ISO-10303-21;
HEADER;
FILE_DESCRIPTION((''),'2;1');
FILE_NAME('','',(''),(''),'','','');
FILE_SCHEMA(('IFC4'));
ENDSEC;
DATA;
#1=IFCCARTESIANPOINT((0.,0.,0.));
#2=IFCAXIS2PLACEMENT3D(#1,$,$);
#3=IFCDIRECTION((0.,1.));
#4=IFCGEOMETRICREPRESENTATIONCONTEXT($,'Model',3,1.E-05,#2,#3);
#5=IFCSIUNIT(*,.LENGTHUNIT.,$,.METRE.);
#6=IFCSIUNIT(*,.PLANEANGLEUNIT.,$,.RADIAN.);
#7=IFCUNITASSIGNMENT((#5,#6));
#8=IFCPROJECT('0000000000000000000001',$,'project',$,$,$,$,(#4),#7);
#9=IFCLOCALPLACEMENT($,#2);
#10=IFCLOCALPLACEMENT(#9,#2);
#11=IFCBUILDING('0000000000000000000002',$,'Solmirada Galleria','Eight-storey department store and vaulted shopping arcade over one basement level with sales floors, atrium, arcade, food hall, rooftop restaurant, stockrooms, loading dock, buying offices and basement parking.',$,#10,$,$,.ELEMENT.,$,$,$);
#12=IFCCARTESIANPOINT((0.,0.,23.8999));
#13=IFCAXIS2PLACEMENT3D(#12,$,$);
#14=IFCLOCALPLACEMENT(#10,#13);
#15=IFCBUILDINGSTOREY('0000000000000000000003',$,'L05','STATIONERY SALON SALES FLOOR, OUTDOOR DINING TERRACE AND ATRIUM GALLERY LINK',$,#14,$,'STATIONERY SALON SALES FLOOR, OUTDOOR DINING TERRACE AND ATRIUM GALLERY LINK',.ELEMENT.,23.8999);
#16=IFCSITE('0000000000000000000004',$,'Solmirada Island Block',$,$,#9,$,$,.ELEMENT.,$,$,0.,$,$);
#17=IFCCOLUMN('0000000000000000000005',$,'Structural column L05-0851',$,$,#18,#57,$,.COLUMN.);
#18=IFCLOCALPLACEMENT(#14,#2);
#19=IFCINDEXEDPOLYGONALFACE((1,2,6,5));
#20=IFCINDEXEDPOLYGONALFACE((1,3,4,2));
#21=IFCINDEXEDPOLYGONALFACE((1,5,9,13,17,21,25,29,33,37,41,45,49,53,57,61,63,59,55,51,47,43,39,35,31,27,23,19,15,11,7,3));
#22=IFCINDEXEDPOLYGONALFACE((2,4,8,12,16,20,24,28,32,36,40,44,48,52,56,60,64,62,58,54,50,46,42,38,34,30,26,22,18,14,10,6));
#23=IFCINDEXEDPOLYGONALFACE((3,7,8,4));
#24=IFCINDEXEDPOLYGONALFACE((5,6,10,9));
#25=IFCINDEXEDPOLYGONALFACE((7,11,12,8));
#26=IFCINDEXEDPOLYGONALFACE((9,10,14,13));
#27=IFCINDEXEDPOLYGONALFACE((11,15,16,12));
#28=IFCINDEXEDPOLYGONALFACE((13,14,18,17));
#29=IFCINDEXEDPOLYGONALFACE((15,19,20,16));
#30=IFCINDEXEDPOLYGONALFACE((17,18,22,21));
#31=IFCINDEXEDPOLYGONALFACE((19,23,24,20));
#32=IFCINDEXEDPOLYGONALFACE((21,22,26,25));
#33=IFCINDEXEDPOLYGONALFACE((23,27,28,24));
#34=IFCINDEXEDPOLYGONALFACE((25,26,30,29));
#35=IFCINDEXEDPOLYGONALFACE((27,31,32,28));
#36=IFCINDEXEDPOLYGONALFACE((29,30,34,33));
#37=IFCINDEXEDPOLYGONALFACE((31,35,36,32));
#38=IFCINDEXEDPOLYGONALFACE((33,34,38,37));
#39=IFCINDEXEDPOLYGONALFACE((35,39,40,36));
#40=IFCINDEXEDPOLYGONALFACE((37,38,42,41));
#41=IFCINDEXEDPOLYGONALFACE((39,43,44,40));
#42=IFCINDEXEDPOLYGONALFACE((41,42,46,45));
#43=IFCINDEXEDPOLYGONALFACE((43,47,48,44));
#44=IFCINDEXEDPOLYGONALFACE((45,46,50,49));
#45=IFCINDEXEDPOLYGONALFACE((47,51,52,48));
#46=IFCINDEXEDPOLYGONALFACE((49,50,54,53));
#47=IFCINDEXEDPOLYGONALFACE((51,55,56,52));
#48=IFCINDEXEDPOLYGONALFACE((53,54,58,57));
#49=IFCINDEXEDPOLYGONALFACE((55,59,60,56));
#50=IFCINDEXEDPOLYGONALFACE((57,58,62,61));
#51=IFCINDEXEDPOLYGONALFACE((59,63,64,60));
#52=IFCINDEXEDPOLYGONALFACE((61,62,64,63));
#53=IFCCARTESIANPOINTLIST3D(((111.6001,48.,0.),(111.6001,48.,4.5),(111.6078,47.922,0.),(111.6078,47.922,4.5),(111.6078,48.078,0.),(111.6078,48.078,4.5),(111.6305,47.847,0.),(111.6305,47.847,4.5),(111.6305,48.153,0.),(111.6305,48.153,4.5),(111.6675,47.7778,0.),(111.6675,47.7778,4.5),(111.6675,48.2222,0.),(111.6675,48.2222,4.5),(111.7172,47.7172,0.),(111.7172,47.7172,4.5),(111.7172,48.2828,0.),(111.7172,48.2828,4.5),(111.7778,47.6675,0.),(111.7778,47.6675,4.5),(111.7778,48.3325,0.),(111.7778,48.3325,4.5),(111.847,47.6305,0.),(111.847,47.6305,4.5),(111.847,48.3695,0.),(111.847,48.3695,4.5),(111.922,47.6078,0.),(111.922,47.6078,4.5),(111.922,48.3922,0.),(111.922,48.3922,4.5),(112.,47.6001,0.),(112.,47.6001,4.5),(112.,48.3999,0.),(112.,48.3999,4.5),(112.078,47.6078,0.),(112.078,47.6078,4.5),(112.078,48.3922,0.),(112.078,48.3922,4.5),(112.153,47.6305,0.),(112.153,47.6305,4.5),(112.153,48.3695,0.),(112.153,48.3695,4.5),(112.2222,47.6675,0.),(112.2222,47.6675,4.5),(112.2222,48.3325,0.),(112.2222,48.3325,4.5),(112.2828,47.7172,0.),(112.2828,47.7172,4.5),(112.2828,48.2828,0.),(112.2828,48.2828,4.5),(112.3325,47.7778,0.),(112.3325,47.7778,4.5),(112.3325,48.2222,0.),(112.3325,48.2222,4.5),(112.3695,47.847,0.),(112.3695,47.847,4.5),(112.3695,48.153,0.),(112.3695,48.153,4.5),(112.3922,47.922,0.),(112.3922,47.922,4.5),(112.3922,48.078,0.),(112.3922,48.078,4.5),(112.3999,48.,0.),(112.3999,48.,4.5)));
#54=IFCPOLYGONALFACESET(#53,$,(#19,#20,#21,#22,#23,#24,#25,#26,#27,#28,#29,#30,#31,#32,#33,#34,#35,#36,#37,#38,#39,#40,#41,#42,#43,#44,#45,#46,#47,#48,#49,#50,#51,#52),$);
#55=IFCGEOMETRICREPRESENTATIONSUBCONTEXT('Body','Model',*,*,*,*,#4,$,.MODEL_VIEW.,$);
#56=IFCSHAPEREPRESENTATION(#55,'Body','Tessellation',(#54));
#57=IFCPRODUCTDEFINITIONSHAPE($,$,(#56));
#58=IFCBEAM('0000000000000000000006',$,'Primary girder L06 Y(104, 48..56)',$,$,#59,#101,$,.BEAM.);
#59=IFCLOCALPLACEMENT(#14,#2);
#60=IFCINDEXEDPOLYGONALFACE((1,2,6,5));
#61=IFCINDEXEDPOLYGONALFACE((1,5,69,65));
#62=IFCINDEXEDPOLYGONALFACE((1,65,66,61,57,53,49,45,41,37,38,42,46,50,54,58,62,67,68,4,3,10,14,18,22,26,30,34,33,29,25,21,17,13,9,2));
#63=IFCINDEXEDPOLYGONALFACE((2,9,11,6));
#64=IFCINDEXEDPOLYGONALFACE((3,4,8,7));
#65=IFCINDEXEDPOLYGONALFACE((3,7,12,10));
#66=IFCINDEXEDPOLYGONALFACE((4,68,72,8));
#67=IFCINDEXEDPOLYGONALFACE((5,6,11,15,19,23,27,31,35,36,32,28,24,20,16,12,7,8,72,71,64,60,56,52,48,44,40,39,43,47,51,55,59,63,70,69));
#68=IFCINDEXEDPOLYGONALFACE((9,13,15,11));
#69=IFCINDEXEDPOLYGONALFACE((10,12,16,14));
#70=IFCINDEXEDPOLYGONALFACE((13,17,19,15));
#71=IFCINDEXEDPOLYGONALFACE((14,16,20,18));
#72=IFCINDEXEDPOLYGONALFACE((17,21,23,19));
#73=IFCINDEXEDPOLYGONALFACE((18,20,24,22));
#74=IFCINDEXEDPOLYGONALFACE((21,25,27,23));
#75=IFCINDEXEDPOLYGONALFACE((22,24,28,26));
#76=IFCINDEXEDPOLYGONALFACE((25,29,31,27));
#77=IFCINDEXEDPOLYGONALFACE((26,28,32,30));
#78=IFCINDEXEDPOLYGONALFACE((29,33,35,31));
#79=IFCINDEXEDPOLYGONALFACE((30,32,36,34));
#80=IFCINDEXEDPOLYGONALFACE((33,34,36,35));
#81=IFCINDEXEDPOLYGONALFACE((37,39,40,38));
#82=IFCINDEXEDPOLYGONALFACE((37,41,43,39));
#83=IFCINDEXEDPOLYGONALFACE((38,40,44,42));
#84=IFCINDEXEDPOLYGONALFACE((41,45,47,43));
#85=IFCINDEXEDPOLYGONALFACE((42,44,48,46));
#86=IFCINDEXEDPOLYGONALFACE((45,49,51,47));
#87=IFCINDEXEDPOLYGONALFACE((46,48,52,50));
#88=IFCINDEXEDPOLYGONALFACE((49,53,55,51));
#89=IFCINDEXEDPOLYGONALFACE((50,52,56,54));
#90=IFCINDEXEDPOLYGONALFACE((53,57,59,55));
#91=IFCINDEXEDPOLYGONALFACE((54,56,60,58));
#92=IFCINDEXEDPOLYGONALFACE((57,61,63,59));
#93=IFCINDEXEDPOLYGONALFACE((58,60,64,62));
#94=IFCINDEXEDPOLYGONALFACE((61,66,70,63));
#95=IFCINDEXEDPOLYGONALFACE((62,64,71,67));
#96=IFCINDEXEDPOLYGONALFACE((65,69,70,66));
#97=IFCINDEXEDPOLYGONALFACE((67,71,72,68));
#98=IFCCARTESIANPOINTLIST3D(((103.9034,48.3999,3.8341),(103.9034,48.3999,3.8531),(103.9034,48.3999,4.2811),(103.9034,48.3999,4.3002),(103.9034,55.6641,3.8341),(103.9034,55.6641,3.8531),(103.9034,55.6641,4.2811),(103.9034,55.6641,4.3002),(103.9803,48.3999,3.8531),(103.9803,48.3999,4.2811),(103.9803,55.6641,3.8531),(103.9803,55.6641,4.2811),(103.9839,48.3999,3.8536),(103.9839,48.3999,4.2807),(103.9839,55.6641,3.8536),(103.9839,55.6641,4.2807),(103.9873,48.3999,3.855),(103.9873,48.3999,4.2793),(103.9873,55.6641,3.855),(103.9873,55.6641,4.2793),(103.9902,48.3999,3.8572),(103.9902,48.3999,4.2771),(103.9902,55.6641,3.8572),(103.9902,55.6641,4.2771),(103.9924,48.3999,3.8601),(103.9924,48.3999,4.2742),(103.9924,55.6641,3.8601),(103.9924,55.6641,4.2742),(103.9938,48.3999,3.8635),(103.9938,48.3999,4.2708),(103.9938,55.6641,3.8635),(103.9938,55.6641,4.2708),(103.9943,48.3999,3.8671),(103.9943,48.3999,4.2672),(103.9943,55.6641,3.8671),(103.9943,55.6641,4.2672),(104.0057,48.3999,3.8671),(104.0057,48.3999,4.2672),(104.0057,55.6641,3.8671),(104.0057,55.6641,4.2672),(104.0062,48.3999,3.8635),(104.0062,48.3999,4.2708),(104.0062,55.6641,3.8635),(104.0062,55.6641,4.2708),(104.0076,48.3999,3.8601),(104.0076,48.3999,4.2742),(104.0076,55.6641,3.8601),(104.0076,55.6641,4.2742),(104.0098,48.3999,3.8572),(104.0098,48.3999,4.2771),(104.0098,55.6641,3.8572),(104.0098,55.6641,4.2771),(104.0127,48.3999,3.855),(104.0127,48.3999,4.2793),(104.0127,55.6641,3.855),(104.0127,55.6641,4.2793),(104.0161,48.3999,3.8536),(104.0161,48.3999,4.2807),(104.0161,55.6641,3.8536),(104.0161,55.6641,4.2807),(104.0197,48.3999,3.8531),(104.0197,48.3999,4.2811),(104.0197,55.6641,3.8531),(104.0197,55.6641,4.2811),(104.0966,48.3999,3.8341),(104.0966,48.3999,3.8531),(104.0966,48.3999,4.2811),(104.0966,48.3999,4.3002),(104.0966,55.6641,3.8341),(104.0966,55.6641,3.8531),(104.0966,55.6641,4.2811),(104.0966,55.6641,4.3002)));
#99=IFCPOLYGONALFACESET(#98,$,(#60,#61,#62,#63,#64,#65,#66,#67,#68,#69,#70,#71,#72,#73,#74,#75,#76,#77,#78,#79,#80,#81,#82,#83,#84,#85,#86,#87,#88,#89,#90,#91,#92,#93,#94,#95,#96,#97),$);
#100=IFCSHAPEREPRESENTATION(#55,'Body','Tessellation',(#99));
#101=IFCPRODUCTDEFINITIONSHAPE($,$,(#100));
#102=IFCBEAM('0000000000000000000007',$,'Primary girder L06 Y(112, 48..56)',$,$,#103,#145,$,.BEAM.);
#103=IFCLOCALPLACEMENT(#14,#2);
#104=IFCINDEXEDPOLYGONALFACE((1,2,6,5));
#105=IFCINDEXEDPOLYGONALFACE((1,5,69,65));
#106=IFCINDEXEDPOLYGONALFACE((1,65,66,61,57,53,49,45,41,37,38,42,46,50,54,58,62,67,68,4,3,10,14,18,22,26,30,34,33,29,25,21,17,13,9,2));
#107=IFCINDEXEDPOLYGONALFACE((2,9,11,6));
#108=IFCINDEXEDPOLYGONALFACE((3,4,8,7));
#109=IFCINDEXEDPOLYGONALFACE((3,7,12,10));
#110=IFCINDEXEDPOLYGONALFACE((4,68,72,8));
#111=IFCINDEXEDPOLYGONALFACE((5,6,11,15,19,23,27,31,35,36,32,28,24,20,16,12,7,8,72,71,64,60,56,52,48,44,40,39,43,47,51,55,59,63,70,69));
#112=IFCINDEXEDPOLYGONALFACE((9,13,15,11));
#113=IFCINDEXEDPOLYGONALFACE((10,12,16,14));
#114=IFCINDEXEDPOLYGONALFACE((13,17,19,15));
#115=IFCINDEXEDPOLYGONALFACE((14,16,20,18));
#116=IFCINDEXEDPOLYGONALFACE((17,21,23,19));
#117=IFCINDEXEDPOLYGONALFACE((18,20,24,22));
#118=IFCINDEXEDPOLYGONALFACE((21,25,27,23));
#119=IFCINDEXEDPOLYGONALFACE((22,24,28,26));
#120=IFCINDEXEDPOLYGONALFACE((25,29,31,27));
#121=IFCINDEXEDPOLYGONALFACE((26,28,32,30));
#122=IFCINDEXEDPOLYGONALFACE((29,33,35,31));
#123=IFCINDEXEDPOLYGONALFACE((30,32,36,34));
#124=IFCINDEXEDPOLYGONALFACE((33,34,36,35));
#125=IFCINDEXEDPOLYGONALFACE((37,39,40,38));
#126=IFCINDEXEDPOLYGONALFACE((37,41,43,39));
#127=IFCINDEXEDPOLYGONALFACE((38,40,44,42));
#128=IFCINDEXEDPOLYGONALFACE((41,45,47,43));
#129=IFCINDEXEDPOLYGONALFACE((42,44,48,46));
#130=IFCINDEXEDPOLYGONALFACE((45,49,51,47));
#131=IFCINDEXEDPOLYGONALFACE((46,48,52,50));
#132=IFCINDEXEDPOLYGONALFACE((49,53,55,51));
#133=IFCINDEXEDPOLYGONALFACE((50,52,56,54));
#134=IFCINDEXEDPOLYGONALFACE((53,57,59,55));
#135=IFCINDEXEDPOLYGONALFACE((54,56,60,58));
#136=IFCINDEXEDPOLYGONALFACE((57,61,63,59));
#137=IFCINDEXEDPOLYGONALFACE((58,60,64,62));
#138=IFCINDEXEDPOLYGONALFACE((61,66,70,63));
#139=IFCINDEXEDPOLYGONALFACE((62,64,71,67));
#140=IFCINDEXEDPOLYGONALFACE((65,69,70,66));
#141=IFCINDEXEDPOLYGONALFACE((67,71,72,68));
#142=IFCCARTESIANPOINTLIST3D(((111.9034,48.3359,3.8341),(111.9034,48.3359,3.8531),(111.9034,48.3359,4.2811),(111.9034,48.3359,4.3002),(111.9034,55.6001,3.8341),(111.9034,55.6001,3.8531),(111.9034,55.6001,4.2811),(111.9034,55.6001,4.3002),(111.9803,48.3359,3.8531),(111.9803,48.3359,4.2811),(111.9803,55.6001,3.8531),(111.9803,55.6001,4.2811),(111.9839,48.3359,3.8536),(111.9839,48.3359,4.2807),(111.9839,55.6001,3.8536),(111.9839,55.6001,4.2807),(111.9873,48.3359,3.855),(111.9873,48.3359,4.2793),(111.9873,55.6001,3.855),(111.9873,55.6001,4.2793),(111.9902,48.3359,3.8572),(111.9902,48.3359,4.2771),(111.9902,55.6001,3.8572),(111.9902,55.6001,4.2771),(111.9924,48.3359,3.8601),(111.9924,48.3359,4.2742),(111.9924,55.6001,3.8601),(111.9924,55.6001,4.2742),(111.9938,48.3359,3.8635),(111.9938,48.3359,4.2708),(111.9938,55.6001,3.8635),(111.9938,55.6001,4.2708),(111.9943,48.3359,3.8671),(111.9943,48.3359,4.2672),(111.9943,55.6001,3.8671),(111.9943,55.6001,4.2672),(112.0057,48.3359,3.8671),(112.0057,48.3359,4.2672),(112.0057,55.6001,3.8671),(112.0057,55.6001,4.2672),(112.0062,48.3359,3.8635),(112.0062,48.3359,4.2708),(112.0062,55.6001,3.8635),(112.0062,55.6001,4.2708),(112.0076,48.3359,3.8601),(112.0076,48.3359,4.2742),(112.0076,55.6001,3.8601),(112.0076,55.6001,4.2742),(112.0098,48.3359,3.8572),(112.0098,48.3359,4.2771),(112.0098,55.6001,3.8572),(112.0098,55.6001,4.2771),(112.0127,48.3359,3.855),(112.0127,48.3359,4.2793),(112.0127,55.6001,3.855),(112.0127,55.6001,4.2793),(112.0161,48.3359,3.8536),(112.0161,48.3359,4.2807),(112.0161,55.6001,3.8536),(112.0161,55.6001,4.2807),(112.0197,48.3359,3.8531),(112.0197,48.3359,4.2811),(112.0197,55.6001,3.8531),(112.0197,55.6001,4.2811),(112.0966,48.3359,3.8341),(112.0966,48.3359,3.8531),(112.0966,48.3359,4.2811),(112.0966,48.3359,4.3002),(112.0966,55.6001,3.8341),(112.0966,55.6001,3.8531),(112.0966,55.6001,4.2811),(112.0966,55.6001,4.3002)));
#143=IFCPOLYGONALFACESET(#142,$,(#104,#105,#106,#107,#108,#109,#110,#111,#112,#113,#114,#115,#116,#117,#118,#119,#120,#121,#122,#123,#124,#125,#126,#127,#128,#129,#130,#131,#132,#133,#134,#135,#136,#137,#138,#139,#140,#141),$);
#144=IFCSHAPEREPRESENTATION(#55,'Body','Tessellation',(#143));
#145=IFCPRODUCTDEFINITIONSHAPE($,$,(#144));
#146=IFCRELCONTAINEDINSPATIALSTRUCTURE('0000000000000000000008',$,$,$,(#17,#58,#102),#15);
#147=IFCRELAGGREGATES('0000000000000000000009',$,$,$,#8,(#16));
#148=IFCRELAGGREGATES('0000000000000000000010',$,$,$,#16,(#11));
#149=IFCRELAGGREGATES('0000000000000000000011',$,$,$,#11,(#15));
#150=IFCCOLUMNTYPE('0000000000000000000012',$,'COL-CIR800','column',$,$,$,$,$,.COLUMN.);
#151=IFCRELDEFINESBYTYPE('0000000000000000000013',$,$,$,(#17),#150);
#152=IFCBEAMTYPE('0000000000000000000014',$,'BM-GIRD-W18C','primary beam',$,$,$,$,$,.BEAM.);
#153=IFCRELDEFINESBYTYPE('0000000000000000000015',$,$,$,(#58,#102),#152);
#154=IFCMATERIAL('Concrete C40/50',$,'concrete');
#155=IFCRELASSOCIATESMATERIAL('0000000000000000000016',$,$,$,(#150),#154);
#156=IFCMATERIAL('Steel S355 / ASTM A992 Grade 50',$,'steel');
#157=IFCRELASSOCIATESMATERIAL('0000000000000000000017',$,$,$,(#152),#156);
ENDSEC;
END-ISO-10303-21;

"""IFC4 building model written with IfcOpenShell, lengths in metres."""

from ifc_helpers import new_model, si_unit, direction, frame, origin, origin_2d, place, context, subcontext, project, spatial, circle, i_section, extrude, material, material_profile, profile_set, type_object, element, save


model = new_model("IFC4")

# Units and contexts
model_context = context("Model", 3, precision=1e-05, world=origin(), true_north=direction((0.0, 1.0)))
body_context = subcontext(model_context, "Body", "Model", "MODEL_VIEW")
ifc_project = project(units=[si_unit("LENGTHUNIT", "METRE"), si_unit("PLANEANGLEUNIT", "RADIAN")], contexts=[model_context])

# Site, building, storey
site_placement = place(None, origin())
site = spatial("IfcSite", under=ifc_project, at=site_placement, Name="Solmirada Island Block", CompositionType="ELEMENT", RefElevation=0.0)
building_placement = place(site_placement, origin())
building = spatial("IfcBuilding", under=site, at=building_placement, Name="Solmirada Galleria", Description="Eight-storey department store and vaulted shopping arcade over one basement level with sales floors, atrium, arcade, food hall, rooftop restaurant, stockrooms, loading dock, buying offices and basement parking.", CompositionType="ELEMENT")
storey_placement = place(building_placement, frame((0.0, 0.0, 23.8999)))
storey = spatial("IfcBuildingStorey", under=building, at=storey_placement, Name="L05", Description="STATIONERY SALON SALES FLOOR, OUTDOOR DINING TERRACE AND ATRIUM GALLERY LINK", LongName="STATIONERY SALON SALES FLOOR, OUTDOOR DINING TERRACE AND ATRIUM GALLERY LINK", CompositionType="ELEMENT", Elevation=23.8999)

# Column
ifc_material_1 = material(Name="Concrete C40/50", Category="concrete")
ifc_material_profile_1 = material_profile(ifc_material_1, circle(Radius=0.3999, at=origin_2d()), Name="RCCOL800")
ifc_profile_set_1 = profile_set([ifc_material_profile_1], Name="Concrete C40/50")
column_type = type_object("IfcColumnType", Name="COL-CIR800", Description="column", PredefinedType="COLUMN", material=ifc_profile_set_1)
column_placement = place(storey_placement, frame((112.0, 48.0, 0.0), z_axis=(0.0, 0.0, 1.0), x_axis=(1.0, 0.0, 0.0)))
element("IfcColumn", 1, at=column_placement, inside=storey, type_object=column_type, Name="Structural column L05-0851", PredefinedType="COLUMN", context=body_context, shape_type="SweptSolid", body=[
    extrude(circle(Radius=0.3999, at=origin_2d()), origin(), (0.0, 0.0, 1.0), 4.5),
])

# Beams
ifc_material_2 = material(Name="Steel S355 / ASTM A992 Grade 50", Category="steel")
ifc_material_profile_2 = material_profile(ifc_material_2, i_section(OverallWidth=0.1931, OverallDepth=0.4661, WebThickness=0.0115, FlangeThickness=0.019, FilletRadius=0.0139, at=origin_2d()), Name="W18X65")
ifc_profile_set_2 = profile_set([ifc_material_profile_2], Name="Steel S355 / ASTM A992 Grade 50")
beam_type = type_object("IfcBeamType", Name="BM-GIRD-W18C", Description="primary beam", PredefinedType="BEAM", material=ifc_profile_set_2)
for number, where, z_axis, x_axis, name in (
    (2, (104.0, 48.3999, 4.0671), (0.0, 1.0, 0.0), (-1.0, 0.0, 0.0), "Primary girder L06 Y(104, 48..56)"),
    (3, (112.0, 48.3359, 4.0671), (0.0, 1.0, 0.0), (-1.0, 0.0, 0.0), "Primary girder L06 Y(112, 48..56)"),
):
    element("IfcBeam", number, at=place(storey_placement, frame(where, z_axis=z_axis, x_axis=x_axis)), inside=storey, type_object=beam_type, Name=name, PredefinedType="BEAM", context=body_context, shape_type="SweptSolid", body=[
        extrude(i_section(OverallWidth=0.1931, OverallDepth=0.4661, WebThickness=0.0115, FlangeThickness=0.019, FilletRadius=0.0139, at=origin_2d()), origin(), (0.0, 0.0, 1.0), 7.2642),
    ])

save(model, "model.ifc")
